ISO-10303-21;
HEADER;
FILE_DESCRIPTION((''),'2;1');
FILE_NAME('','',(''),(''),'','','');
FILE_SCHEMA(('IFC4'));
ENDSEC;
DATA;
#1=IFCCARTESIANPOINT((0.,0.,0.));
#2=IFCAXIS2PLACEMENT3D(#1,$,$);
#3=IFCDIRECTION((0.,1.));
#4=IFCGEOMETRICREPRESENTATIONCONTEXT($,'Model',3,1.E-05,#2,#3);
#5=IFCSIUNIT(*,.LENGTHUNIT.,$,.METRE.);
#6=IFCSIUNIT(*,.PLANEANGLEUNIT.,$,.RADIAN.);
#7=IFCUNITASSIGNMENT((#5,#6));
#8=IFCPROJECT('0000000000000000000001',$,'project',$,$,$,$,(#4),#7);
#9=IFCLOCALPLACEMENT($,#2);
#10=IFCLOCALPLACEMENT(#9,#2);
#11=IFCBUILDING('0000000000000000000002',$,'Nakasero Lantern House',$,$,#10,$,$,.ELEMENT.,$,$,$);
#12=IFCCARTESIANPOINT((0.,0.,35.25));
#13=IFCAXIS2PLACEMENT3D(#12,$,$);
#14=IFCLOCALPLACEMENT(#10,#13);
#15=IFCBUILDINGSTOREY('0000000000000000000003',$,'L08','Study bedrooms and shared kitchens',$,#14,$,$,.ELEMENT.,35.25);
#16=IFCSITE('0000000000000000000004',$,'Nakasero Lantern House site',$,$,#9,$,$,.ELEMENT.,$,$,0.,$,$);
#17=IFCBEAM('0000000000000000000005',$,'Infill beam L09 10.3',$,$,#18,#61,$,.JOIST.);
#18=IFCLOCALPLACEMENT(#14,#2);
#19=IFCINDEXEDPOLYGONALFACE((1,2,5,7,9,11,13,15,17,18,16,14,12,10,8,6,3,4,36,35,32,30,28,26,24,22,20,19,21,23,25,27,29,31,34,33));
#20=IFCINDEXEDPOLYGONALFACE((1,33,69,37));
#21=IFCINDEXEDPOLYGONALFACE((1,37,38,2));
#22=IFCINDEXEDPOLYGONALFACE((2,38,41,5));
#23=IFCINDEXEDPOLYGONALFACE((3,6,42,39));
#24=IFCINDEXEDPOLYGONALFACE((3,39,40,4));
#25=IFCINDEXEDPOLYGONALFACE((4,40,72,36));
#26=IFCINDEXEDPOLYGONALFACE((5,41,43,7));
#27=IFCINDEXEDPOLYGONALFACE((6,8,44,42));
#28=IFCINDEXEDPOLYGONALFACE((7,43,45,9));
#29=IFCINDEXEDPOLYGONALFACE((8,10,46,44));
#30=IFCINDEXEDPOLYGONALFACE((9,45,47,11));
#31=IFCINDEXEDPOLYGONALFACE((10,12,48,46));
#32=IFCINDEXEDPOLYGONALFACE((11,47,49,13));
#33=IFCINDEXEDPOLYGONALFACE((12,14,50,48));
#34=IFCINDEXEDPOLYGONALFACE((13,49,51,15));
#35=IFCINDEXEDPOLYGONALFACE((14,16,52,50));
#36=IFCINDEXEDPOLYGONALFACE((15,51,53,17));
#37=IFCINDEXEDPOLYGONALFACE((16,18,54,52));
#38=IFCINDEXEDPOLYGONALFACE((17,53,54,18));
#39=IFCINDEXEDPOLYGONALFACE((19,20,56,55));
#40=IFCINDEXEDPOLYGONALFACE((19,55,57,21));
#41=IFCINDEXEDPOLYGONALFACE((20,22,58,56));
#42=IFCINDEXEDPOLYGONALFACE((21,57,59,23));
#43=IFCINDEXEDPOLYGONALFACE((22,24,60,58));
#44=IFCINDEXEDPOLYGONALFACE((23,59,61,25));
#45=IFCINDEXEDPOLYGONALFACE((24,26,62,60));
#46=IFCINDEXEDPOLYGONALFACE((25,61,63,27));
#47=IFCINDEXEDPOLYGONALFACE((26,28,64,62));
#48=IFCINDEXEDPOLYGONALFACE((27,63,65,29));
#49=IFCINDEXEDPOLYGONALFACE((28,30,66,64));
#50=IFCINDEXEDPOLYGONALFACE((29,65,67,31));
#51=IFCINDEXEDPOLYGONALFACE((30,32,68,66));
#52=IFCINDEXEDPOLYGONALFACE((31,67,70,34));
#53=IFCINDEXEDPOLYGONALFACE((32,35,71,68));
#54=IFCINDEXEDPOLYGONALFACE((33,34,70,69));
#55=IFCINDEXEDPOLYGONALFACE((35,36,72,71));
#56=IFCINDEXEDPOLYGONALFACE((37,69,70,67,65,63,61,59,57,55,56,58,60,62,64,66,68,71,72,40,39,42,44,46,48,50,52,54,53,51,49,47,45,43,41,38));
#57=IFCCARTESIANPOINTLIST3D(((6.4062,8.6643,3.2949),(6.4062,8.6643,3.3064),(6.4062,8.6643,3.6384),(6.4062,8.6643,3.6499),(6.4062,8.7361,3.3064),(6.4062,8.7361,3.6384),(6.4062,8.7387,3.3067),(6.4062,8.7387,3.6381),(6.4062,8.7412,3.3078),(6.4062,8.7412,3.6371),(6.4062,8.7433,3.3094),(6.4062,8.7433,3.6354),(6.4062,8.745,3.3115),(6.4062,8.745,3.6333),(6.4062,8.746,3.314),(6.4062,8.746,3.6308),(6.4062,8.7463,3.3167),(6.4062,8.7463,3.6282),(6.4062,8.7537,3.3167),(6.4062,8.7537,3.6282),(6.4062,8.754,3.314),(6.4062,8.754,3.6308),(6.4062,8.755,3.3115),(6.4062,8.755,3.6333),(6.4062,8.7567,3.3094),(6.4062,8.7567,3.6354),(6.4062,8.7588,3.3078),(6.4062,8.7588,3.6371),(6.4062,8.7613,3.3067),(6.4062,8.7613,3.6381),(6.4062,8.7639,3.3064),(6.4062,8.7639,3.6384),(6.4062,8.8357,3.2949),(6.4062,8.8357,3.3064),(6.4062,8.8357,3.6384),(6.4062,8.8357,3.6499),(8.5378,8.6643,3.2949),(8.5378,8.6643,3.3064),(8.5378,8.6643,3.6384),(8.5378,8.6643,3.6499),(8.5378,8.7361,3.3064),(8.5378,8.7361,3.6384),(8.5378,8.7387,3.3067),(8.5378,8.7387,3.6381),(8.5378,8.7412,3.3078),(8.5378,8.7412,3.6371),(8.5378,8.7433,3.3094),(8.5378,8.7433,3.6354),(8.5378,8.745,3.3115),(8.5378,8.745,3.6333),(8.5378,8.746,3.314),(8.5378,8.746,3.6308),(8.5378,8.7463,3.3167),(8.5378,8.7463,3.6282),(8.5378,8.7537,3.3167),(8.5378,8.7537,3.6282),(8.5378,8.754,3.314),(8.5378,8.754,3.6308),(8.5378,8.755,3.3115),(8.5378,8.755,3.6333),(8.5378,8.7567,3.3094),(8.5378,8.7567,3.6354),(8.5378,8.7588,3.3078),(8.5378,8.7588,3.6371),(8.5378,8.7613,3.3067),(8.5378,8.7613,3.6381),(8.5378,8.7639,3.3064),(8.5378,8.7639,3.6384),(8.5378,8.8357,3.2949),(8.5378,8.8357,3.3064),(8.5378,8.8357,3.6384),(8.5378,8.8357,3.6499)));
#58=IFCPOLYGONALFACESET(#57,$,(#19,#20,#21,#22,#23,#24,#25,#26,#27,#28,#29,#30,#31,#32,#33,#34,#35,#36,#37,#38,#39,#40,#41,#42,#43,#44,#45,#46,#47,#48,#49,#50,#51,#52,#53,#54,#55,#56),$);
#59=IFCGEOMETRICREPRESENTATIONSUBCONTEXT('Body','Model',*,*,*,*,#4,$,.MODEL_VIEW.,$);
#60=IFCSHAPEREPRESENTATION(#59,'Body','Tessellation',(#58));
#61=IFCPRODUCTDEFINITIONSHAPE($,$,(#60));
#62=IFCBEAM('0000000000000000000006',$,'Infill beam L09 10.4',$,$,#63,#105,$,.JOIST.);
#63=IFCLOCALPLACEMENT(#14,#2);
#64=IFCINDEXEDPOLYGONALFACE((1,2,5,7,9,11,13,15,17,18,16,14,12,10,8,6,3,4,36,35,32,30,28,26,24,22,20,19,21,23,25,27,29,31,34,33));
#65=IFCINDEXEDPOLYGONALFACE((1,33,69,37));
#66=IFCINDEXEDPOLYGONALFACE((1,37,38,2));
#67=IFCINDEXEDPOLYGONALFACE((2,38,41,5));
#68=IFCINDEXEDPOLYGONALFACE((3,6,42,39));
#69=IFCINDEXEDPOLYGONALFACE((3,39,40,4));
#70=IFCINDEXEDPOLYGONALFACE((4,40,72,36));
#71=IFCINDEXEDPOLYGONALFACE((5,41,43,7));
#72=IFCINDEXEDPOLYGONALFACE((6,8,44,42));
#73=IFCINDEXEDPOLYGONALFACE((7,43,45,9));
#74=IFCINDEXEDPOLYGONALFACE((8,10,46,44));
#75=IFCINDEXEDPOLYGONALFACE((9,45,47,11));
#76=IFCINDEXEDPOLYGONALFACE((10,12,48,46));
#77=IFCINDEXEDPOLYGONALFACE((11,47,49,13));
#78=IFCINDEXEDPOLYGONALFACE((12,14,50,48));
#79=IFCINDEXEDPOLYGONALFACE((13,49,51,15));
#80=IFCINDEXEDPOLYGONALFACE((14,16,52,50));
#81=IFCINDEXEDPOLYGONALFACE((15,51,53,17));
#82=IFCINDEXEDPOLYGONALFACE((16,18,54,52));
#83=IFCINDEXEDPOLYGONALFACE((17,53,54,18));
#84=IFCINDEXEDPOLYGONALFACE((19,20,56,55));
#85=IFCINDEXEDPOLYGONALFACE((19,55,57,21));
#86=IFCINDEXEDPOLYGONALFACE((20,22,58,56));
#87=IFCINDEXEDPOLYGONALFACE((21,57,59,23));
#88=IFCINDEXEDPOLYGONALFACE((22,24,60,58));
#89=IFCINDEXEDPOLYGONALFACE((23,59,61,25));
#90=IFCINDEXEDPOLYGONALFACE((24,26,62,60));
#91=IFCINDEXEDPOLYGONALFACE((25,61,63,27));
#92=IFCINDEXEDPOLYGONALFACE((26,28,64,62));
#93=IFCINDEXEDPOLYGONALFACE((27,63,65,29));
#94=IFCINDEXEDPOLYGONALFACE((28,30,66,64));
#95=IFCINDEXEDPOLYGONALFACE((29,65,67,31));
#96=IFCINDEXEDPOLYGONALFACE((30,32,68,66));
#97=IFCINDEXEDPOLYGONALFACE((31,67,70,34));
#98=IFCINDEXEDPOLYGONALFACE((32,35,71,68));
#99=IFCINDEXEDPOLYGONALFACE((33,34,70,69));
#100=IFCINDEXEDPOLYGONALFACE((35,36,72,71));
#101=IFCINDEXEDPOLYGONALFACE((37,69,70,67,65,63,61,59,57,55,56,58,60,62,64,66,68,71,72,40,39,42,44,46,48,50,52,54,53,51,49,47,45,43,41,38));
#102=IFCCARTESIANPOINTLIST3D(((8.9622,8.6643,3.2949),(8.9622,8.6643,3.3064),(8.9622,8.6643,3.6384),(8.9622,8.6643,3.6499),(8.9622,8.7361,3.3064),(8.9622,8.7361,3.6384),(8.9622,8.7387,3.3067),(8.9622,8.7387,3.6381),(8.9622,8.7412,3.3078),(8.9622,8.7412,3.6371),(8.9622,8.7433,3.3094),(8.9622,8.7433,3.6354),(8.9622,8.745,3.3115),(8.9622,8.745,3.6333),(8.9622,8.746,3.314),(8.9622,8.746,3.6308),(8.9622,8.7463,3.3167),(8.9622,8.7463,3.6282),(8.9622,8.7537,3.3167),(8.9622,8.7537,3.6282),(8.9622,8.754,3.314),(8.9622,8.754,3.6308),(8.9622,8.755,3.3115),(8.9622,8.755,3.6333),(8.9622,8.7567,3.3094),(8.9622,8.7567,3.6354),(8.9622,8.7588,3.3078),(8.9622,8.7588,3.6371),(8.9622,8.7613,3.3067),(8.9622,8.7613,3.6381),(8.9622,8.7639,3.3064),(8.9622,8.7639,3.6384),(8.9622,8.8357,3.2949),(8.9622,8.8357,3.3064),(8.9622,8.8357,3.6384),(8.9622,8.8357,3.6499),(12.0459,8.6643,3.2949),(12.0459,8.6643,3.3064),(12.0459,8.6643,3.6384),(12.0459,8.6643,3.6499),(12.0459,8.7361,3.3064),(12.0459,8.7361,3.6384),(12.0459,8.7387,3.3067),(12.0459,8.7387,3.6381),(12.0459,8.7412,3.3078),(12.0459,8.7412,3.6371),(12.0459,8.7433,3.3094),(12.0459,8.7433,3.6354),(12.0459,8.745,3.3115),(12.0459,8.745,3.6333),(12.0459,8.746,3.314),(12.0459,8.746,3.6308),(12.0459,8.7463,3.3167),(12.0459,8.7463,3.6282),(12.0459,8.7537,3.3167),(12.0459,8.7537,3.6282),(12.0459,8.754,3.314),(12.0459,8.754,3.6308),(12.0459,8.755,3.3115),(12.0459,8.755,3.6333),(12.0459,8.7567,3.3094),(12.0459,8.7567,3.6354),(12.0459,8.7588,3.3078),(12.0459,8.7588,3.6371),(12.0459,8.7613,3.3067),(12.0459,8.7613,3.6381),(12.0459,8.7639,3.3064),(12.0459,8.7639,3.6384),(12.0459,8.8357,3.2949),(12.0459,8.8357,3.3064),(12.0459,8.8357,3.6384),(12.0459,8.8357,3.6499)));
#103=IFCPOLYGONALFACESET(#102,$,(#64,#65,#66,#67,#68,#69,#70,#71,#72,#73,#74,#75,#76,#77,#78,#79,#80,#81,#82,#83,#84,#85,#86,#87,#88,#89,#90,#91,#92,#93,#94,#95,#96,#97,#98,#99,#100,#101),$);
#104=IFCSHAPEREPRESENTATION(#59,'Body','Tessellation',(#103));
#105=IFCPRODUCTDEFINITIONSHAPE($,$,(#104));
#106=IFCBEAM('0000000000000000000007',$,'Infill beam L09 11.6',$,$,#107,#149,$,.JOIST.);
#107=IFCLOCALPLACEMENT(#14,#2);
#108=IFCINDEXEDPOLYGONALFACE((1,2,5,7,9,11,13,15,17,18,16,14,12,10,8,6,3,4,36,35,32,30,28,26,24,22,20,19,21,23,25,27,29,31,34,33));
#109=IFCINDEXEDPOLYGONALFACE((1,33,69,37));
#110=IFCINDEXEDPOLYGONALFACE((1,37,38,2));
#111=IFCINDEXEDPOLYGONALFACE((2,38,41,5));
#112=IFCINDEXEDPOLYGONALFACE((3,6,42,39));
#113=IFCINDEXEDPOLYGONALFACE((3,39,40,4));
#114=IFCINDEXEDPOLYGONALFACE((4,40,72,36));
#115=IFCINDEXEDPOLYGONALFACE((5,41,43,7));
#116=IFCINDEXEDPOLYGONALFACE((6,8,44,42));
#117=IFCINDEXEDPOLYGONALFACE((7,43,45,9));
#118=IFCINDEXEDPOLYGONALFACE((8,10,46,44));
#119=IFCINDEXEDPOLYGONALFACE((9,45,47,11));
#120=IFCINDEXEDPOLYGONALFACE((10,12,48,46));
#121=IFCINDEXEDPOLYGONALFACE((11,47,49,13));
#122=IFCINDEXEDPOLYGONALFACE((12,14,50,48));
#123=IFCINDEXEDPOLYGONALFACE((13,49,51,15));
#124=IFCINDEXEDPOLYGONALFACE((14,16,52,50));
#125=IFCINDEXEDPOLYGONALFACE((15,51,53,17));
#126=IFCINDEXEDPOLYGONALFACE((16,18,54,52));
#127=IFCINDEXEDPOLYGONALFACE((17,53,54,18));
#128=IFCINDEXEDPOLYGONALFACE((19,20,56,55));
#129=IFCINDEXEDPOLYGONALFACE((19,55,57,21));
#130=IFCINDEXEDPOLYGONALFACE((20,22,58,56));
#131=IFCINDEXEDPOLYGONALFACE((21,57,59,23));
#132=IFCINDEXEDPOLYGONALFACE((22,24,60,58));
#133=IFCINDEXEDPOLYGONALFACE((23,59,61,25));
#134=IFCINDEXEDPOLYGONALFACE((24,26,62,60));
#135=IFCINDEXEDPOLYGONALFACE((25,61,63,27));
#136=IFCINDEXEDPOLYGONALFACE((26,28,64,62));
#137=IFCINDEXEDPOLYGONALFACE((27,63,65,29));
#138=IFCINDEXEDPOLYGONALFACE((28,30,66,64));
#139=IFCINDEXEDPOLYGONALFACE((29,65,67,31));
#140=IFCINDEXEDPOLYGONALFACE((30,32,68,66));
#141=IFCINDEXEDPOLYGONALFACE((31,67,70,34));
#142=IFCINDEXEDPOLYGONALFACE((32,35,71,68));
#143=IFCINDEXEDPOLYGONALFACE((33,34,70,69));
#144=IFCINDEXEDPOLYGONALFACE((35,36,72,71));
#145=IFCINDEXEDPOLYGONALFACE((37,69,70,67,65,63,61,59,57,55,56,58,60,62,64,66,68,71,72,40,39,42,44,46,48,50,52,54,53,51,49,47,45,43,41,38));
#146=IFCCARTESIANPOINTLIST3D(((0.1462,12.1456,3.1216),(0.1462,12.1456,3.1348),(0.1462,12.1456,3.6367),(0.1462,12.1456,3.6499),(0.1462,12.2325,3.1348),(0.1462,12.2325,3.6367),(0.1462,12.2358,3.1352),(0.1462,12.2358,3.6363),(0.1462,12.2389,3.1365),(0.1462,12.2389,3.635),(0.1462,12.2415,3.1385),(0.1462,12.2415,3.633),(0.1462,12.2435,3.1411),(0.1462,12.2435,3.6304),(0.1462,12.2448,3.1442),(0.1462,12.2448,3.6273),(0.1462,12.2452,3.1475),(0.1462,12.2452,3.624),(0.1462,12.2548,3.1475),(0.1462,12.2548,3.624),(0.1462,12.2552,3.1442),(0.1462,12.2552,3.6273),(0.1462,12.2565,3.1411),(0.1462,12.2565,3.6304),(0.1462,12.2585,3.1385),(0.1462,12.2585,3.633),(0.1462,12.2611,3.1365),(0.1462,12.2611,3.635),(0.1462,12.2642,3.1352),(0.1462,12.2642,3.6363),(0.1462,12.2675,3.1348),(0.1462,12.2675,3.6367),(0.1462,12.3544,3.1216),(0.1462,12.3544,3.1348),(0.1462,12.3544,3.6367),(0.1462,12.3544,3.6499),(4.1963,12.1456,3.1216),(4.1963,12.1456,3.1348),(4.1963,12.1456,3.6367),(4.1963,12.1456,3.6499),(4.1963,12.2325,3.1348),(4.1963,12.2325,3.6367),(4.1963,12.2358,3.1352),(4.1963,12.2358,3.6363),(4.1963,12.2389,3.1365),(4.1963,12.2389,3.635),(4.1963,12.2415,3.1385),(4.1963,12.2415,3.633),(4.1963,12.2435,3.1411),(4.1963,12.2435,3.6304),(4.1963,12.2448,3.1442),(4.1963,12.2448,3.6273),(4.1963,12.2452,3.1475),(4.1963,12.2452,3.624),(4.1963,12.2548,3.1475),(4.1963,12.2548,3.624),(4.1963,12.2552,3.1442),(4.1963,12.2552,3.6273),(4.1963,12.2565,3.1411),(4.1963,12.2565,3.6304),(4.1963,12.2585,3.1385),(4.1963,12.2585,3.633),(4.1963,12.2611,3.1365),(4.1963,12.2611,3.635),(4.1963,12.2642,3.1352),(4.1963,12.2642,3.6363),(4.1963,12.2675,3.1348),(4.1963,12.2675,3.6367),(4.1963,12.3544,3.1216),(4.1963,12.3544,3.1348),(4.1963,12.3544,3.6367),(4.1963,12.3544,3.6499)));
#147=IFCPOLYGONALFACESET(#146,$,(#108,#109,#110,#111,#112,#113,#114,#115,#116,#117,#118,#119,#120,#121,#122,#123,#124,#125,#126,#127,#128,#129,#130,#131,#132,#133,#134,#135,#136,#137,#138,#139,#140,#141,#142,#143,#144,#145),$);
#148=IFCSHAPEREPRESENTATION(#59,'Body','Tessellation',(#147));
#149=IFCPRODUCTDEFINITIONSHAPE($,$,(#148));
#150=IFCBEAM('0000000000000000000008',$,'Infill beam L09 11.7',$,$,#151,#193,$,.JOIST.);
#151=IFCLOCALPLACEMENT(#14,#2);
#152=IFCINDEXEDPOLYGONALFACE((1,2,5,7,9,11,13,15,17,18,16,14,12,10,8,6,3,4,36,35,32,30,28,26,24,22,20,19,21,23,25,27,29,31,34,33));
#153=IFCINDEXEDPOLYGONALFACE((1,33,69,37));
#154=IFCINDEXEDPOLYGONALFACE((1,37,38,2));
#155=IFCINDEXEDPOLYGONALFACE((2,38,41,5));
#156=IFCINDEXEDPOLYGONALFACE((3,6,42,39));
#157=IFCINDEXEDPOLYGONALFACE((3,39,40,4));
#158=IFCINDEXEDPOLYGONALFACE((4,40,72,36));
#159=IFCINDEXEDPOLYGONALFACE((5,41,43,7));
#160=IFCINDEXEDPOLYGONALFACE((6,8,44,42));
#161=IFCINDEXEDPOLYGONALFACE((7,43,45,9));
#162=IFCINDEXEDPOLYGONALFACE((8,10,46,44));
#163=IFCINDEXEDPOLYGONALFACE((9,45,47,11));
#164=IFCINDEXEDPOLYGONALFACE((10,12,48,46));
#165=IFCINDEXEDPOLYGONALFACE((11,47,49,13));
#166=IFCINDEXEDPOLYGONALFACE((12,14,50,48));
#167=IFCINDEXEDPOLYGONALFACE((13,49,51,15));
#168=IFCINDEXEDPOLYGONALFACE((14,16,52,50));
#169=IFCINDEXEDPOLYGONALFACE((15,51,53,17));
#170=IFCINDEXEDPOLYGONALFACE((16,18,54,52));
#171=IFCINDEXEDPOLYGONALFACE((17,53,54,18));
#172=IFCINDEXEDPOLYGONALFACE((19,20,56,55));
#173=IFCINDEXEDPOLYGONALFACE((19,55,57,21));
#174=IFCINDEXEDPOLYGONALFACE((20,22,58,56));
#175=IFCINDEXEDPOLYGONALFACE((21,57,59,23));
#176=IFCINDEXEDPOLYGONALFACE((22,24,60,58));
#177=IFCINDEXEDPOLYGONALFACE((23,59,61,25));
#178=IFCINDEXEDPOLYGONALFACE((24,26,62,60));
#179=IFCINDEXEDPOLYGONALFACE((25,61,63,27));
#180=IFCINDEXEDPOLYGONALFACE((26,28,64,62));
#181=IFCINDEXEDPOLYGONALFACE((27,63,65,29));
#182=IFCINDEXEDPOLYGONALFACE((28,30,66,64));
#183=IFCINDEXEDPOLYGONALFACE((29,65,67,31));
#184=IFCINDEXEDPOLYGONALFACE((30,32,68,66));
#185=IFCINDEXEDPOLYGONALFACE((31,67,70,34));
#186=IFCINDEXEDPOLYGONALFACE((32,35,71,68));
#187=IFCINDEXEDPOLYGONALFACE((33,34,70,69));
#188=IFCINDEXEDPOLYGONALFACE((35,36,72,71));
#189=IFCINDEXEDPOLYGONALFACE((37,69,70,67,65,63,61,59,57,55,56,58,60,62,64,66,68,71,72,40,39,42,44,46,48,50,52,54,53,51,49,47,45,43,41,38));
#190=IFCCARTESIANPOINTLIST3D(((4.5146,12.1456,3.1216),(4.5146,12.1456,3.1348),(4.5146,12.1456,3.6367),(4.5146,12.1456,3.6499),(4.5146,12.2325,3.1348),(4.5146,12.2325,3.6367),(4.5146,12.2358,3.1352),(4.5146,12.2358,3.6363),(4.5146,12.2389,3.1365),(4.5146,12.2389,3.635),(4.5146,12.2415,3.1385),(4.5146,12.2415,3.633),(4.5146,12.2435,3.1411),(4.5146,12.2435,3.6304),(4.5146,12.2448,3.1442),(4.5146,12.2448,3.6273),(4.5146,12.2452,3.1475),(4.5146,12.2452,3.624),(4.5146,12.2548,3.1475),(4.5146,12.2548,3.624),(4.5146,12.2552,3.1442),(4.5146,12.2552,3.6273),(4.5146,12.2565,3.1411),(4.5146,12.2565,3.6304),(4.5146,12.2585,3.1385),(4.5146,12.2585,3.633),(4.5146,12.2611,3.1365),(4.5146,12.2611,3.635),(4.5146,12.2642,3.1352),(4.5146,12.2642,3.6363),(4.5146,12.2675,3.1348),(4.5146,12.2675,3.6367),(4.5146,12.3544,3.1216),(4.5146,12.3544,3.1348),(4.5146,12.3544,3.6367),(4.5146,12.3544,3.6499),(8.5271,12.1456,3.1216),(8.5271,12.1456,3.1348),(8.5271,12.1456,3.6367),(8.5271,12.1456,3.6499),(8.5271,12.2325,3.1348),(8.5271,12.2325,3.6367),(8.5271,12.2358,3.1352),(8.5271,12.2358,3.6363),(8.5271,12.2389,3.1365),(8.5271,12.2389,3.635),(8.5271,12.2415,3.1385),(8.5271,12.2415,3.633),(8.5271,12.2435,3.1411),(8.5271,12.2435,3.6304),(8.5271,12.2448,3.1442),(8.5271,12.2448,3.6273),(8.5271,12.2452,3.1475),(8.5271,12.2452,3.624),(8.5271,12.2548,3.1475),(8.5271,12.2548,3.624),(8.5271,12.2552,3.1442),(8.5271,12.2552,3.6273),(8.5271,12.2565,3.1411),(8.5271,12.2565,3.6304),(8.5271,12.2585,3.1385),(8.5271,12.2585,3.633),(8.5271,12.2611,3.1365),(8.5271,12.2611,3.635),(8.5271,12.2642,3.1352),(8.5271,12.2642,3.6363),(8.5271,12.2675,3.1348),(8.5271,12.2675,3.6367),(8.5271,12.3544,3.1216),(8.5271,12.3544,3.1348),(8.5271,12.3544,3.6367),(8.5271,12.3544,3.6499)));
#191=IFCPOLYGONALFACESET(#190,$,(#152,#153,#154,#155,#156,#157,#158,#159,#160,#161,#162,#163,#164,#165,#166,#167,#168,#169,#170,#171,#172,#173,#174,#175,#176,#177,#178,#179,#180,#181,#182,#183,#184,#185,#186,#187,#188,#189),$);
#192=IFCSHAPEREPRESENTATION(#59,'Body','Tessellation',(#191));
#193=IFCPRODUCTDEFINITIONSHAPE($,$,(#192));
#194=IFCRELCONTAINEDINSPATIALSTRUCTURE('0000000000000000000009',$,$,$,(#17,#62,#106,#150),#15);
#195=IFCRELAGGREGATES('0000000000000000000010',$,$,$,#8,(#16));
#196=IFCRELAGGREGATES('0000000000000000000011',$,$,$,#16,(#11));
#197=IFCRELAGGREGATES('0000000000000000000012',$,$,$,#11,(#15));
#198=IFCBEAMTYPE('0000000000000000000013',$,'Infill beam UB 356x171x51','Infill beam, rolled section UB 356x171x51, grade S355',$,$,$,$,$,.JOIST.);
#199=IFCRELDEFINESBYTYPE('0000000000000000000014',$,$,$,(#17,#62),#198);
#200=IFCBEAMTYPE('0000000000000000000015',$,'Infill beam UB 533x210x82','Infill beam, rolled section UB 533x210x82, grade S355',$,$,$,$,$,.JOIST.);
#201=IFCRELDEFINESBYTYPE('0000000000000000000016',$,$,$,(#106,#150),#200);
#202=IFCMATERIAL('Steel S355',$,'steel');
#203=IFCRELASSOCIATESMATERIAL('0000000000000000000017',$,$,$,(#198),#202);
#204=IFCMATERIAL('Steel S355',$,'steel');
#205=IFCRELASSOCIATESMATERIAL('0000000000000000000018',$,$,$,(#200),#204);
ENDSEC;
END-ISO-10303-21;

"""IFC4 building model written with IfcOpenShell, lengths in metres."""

from ifc_helpers import new_model, si_unit, direction, frame, origin, origin_2d, place, context, subcontext, project, spatial, i_section, extrude, material, material_profile, profile_set, type_object, element, save


model = new_model("IFC4")

# Units and contexts
model_context = context("Model", 3, precision=1e-05, world=origin(), true_north=direction((0.0, 1.0)))
body_context = subcontext(model_context, "Body", "Model", "MODEL_VIEW")
ifc_project = project(units=[si_unit("LENGTHUNIT", "METRE"), si_unit("PLANEANGLEUNIT", "RADIAN")], contexts=[model_context])

# Site, building, storey
site_placement = place(None, origin())
site = spatial("IfcSite", under=ifc_project, at=site_placement, Name="Nakasero Lantern House site", CompositionType="ELEMENT", RefElevation=0.0)
building_placement = place(site_placement, origin())
building = spatial("IfcBuilding", under=site, at=building_placement, Name="Nakasero Lantern House", CompositionType="ELEMENT")
storey_placement = place(building_placement, frame((0.0, 0.0, 35.25)))
storey = spatial("IfcBuildingStorey", under=building, at=storey_placement, Name="L08", Description="Study bedrooms and shared kitchens", CompositionType="ELEMENT", Elevation=35.25)

# Beams
ifc_material_1 = material(Name="Steel S355", Category="steel")
ifc_material_profile_1 = material_profile(ifc_material_1, i_section(OverallWidth=0.1714, OverallDepth=0.355, WebThickness=0.0073, FlangeThickness=0.0115, FilletRadius=0.0103, at=origin_2d()), Name="UB 356x171x51")
ifc_profile_set_1 = profile_set([ifc_material_profile_1], Name="Steel S355")
beam_type_1 = type_object("IfcBeamType", Name="Infill beam UB 356x171x51", Description="Infill beam, rolled section UB 356x171x51, grade S355", PredefinedType="JOIST", material=ifc_profile_set_1)
beam_1_placement = place(storey_placement, frame((6.4062, 8.75, 3.4724), z_axis=(1.0, 0.0, 0.0), x_axis=(0.0, 1.0, 0.0)))
element("IfcBeam", 1, at=beam_1_placement, inside=storey, type_object=beam_type_1, Name="Infill beam L09 10.3", PredefinedType="JOIST", context=body_context, shape_type="SweptSolid", body=[
    extrude(i_section(OverallWidth=0.1714, OverallDepth=0.355, WebThickness=0.0073, FlangeThickness=0.0115, FilletRadius=0.0103, at=origin_2d()), origin(), (0.0, 0.0, 1.0), 2.1316),
])
beam_2_placement = place(storey_placement, frame((8.9622, 8.75, 3.4724), z_axis=(1.0, 0.0, 0.0), x_axis=(0.0, 1.0, 0.0)))
element("IfcBeam", 2, at=beam_2_placement, inside=storey, type_object=beam_type_1, Name="Infill beam L09 10.4", PredefinedType="JOIST", context=body_context, shape_type="SweptSolid", body=[
    extrude(i_section(OverallWidth=0.1714, OverallDepth=0.355, WebThickness=0.0073, FlangeThickness=0.0115, FilletRadius=0.0103, at=origin_2d()), origin(), (0.0, 0.0, 1.0), 3.0837),
])
ifc_material_2 = material(Name="Steel S355", Category="steel")
ifc_material_profile_2 = material_profile(ifc_material_2, i_section(OverallWidth=0.2087, OverallDepth=0.5283, WebThickness=0.0095, FlangeThickness=0.0132, FilletRadius=0.0127, at=origin_2d()), Name="UB 533x210x82")
ifc_profile_set_2 = profile_set([ifc_material_profile_2], Name="Steel S355")
beam_type_2 = type_object("IfcBeamType", Name="Infill beam UB 533x210x82", Description="Infill beam, rolled section UB 533x210x82, grade S355", PredefinedType="JOIST", material=ifc_profile_set_2)
beam_3_placement = place(storey_placement, frame((0.1462, 12.25, 3.3857), z_axis=(1.0, 0.0, 0.0), x_axis=(0.0, 1.0, 0.0)))
element("IfcBeam", 3, at=beam_3_placement, inside=storey, type_object=beam_type_2, Name="Infill beam L09 11.6", PredefinedType="JOIST", context=body_context, shape_type="SweptSolid", body=[
    extrude(i_section(OverallWidth=0.2087, OverallDepth=0.5283, WebThickness=0.0095, FlangeThickness=0.0132, FilletRadius=0.0127, at=origin_2d()), origin(), (0.0, 0.0, 1.0), 4.05),
])
beam_4_placement = place(storey_placement, frame((4.5146, 12.25, 3.3857), z_axis=(1.0, 0.0, 0.0), x_axis=(0.0, 1.0, 0.0)))
element("IfcBeam", 4, at=beam_4_placement, inside=storey, type_object=beam_type_2, Name="Infill beam L09 11.7", PredefinedType="JOIST", context=body_context, shape_type="SweptSolid", body=[
    extrude(i_section(OverallWidth=0.2087, OverallDepth=0.5283, WebThickness=0.0095, FlangeThickness=0.0132, FilletRadius=0.0127, at=origin_2d()), origin(), (0.0, 0.0, 1.0), 4.0125),
])

save(model, "model.ifc")
